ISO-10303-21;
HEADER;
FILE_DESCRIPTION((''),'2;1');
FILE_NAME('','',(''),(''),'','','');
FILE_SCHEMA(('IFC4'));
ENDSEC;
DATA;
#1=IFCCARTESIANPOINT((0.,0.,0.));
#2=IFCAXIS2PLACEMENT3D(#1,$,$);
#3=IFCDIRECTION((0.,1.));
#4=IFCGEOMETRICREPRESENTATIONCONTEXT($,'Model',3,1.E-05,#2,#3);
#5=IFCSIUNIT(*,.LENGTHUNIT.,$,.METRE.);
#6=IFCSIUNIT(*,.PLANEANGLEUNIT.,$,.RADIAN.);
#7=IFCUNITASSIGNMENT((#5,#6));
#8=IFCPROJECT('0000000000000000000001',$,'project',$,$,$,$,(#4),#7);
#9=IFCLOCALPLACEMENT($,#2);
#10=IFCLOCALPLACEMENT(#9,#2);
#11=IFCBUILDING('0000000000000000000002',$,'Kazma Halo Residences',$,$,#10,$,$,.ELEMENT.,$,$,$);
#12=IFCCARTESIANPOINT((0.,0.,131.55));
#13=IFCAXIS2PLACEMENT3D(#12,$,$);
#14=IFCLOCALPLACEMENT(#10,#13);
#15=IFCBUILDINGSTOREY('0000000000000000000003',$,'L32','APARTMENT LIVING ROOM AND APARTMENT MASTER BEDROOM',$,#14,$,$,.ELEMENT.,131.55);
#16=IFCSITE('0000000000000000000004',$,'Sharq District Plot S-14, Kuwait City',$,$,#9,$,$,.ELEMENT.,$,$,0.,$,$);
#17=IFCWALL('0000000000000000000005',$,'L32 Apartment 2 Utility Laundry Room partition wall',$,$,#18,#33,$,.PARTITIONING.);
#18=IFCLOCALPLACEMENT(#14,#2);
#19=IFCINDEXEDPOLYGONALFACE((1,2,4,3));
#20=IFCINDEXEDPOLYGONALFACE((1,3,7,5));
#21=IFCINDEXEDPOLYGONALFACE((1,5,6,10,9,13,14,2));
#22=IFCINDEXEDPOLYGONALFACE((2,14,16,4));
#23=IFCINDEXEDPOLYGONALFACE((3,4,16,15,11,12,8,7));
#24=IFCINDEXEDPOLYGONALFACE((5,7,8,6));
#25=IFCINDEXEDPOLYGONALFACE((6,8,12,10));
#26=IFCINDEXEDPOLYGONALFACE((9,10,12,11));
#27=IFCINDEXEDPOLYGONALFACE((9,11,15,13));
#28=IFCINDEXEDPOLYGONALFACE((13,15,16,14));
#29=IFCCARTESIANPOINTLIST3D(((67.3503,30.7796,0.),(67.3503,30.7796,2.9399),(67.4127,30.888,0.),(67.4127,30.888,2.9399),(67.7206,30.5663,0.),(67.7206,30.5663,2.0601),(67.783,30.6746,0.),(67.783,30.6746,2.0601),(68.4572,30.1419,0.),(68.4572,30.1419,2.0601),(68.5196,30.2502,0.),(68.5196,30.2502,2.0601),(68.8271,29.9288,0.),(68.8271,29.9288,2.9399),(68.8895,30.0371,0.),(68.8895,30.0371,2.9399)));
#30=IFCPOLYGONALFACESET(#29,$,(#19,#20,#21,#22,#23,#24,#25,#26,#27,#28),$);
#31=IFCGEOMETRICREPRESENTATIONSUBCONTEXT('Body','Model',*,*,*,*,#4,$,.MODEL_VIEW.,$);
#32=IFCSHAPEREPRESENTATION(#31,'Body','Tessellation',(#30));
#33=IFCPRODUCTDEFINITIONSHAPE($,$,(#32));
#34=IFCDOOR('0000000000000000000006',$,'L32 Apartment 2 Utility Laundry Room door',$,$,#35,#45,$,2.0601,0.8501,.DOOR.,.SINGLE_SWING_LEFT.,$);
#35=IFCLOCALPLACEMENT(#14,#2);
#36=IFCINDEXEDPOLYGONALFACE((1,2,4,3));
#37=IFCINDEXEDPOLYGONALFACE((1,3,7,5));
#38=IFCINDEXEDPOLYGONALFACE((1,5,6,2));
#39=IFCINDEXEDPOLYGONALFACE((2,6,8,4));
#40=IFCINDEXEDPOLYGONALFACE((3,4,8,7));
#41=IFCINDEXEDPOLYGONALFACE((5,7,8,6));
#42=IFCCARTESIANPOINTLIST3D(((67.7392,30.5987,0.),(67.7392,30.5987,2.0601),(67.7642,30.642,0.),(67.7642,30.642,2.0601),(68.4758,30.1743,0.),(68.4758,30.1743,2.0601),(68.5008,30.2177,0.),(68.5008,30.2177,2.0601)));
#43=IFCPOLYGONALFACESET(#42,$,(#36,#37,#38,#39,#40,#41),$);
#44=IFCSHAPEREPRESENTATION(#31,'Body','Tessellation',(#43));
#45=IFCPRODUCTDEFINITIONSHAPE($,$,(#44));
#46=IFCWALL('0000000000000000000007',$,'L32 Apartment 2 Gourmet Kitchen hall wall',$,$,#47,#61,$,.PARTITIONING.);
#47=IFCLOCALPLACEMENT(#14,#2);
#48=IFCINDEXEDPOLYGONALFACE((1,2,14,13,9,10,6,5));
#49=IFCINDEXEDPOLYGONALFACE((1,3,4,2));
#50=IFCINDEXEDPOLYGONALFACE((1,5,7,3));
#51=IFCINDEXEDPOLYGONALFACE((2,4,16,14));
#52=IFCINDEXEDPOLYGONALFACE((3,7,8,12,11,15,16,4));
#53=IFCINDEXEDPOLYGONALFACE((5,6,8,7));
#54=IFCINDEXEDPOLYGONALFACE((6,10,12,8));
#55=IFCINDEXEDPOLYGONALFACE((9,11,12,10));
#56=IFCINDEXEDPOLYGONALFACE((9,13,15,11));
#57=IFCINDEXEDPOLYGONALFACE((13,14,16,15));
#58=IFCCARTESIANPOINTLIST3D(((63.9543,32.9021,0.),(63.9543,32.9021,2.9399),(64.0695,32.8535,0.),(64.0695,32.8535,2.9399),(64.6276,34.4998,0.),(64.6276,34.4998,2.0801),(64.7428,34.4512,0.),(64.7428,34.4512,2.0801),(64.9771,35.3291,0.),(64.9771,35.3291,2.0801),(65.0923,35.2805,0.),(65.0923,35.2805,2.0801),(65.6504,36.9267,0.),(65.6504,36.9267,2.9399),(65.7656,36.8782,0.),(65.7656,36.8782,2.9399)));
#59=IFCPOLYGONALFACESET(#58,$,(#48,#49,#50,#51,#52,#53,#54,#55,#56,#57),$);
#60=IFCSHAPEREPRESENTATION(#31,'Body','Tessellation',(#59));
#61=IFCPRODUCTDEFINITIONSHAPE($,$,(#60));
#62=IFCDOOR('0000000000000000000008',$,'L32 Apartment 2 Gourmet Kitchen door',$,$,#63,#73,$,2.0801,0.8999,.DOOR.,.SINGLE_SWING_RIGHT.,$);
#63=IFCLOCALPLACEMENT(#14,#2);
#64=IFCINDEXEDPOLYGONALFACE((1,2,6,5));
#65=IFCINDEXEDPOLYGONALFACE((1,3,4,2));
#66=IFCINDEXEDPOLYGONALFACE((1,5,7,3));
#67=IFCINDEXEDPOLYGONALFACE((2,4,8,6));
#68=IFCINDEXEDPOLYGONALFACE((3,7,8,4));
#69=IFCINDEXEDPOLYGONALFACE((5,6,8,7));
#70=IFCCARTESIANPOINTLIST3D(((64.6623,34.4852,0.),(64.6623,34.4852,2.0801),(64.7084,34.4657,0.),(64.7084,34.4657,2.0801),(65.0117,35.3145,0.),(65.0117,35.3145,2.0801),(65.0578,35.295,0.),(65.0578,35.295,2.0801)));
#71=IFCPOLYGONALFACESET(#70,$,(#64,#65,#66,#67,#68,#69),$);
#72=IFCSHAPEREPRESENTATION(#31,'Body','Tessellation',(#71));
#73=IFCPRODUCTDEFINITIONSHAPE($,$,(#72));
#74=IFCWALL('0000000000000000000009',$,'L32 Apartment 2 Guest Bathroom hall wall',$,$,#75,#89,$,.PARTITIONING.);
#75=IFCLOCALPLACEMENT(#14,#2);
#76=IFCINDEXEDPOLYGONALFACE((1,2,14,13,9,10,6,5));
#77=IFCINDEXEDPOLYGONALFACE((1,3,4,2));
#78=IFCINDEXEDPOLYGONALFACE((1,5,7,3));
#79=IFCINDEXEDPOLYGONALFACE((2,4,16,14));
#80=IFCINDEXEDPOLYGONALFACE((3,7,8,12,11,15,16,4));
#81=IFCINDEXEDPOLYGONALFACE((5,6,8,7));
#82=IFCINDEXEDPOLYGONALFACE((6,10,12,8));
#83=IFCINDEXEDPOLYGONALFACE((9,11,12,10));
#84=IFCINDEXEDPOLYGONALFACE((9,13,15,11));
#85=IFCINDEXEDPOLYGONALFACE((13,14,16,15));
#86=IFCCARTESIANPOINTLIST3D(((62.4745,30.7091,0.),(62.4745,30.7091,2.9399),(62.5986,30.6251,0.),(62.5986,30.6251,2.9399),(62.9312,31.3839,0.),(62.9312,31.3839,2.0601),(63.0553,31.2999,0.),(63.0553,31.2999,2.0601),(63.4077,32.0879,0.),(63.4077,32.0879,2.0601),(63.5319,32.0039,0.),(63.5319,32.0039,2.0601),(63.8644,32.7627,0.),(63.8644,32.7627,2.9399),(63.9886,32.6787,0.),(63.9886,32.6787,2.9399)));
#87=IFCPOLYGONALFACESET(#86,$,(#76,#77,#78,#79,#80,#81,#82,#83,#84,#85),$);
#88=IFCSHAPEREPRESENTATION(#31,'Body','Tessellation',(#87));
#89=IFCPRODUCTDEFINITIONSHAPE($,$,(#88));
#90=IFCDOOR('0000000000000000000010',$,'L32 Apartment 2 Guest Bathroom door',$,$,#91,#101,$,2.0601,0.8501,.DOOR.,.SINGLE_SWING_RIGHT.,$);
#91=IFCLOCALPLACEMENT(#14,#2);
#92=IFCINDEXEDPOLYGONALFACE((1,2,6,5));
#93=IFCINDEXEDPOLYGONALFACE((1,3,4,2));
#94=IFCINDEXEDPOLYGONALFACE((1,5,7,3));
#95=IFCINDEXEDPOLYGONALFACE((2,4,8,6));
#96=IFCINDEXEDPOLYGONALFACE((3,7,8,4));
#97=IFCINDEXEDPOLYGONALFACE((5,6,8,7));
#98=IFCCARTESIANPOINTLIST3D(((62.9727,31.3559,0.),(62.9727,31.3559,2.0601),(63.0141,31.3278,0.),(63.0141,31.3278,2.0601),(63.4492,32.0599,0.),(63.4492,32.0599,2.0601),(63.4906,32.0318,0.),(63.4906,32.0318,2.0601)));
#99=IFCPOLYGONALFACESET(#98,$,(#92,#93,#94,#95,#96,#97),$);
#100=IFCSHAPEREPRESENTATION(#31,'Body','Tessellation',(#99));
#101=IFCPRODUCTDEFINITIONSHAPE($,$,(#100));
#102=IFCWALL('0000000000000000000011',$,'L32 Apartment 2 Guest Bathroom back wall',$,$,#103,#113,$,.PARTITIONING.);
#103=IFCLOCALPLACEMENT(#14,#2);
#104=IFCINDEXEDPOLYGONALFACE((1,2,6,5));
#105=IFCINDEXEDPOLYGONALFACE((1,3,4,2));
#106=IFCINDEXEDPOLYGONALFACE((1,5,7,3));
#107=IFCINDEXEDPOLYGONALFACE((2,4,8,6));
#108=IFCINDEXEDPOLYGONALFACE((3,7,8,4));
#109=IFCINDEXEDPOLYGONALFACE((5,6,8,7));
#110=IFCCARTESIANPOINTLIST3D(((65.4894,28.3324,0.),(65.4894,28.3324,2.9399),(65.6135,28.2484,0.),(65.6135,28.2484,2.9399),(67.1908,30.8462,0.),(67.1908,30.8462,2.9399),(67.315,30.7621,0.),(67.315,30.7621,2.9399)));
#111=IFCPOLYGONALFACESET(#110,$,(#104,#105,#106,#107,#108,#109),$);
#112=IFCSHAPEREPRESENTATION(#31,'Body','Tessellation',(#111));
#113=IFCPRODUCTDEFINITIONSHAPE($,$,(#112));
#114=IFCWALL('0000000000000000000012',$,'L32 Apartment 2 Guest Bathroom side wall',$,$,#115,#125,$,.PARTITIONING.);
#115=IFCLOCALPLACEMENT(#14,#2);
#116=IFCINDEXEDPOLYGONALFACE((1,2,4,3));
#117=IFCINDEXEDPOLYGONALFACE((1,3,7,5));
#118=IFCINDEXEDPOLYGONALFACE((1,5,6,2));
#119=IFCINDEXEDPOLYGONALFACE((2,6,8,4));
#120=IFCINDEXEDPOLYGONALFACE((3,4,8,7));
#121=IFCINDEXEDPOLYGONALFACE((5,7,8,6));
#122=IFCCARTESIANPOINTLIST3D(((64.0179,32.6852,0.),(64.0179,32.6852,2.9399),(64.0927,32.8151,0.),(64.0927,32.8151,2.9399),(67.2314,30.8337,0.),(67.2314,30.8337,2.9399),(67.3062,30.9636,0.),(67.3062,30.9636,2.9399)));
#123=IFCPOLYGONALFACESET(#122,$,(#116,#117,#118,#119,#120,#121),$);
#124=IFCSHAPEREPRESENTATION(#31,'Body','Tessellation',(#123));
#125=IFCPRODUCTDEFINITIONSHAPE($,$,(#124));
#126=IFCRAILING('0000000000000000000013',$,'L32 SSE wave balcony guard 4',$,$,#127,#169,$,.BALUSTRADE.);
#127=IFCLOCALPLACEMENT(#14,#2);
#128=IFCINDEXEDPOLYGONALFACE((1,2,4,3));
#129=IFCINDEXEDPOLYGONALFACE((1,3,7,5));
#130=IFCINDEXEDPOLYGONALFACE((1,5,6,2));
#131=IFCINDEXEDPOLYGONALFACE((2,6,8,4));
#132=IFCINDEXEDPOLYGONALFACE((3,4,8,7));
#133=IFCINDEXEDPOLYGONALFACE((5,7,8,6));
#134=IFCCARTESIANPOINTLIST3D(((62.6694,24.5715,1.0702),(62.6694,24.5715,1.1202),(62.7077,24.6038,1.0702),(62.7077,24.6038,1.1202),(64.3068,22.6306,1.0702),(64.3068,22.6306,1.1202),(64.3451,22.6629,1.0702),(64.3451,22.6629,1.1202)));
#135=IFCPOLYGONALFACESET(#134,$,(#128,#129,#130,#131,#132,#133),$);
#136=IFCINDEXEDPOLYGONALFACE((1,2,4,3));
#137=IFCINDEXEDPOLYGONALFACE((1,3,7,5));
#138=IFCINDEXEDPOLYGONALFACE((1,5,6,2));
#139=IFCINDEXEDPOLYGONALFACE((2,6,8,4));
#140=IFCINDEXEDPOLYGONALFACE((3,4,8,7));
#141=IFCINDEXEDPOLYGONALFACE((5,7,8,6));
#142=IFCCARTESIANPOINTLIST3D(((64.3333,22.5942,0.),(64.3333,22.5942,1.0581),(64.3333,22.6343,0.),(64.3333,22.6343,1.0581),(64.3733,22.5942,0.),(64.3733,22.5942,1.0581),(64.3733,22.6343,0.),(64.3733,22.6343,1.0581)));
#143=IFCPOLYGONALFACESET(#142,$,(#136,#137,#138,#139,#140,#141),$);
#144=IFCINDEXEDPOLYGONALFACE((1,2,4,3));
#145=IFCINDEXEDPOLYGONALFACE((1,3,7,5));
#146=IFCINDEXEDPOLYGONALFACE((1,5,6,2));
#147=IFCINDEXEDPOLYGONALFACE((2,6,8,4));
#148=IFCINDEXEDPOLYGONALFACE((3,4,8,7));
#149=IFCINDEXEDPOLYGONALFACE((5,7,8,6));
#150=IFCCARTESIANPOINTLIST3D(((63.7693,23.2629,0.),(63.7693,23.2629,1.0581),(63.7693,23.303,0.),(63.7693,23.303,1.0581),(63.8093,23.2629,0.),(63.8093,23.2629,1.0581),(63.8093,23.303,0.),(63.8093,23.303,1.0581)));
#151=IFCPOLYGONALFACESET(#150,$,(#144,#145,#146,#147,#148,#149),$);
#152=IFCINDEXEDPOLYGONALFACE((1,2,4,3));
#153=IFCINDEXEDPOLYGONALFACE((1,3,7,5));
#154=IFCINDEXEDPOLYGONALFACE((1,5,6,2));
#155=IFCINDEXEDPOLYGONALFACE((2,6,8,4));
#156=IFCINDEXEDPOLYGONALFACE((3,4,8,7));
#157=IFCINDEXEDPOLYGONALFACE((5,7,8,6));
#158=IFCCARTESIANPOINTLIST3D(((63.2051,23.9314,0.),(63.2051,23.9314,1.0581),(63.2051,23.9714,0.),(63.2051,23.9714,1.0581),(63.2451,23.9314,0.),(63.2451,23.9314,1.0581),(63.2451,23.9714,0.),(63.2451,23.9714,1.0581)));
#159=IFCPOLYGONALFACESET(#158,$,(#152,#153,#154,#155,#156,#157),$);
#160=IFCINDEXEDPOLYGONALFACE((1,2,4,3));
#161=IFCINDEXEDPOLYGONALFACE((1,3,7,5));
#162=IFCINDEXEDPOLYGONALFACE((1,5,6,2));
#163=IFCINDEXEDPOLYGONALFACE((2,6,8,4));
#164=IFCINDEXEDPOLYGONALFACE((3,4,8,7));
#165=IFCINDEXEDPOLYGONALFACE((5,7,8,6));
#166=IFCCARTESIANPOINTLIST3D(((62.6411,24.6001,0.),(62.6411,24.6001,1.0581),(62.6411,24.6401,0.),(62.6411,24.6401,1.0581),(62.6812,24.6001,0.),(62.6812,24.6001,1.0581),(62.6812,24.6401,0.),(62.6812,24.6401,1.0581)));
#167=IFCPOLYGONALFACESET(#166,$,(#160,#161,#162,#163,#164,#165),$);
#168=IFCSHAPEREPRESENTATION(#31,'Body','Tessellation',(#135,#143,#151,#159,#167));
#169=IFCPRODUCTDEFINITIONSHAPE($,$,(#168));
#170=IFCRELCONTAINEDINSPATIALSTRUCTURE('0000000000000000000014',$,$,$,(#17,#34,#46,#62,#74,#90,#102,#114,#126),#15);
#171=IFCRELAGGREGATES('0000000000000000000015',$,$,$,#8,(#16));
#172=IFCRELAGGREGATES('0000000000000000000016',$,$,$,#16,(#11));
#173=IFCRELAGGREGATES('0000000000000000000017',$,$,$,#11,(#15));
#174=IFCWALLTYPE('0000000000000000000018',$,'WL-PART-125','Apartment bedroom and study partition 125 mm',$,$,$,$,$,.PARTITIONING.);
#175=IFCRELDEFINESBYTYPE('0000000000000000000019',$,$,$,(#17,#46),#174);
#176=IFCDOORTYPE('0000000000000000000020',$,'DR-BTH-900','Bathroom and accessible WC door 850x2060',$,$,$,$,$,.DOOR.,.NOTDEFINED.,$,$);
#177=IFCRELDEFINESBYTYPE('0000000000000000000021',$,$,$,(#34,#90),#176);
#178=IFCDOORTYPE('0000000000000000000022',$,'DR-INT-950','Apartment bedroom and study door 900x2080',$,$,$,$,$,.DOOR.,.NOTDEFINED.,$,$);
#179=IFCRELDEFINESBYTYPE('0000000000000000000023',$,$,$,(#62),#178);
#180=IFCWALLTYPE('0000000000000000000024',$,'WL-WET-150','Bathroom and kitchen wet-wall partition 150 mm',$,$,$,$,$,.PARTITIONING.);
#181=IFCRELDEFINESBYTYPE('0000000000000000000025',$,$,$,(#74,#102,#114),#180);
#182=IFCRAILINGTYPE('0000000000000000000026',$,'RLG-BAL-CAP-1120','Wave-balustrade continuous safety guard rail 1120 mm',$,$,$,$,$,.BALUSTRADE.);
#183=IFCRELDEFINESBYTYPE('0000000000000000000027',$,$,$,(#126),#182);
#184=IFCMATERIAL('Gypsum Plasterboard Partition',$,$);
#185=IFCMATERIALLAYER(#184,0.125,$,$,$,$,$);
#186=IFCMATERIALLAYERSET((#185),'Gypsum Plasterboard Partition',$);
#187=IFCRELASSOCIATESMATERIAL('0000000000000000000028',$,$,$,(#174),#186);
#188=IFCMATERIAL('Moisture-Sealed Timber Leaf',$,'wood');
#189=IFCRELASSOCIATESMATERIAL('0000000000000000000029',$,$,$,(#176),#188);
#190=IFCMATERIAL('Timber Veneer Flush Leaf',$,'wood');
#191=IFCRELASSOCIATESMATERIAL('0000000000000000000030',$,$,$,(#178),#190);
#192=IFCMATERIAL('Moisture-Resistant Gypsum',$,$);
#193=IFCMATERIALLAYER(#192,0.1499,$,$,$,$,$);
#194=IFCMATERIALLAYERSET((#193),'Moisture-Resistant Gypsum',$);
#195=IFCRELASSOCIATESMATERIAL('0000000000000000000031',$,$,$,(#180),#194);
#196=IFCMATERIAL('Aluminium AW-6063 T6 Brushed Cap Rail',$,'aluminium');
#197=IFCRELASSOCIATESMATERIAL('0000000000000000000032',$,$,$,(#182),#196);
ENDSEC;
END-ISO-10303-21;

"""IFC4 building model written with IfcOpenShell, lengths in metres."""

from ifc_helpers import new_model, si_unit, direction, frame, frame_2d, origin, origin_2d, place, context, subcontext, project, spatial, rectangle, extrude, material, layer, layer_set, type_object, element, fill, save


model = new_model("IFC4")

# Units and contexts
model_context = context("Model", 3, precision=1e-05, world=origin(), true_north=direction((0.0, 1.0)))
body_context = subcontext(model_context, "Body", "Model", "MODEL_VIEW")
ifc_project = project(units=[si_unit("LENGTHUNIT", "METRE"), si_unit("PLANEANGLEUNIT", "RADIAN")], contexts=[model_context])

# Site, building, storey
site_placement = place(None, origin())
site = spatial("IfcSite", under=ifc_project, at=site_placement, Name="Sharq District Plot S-14, Kuwait City", CompositionType="ELEMENT", RefElevation=0.0)
building_placement = place(site_placement, origin())
building = spatial("IfcBuilding", under=site, at=building_placement, Name="Kazma Halo Residences", CompositionType="ELEMENT")
storey_placement = place(building_placement, frame((0.0, 0.0, 131.55)))
storey = spatial("IfcBuildingStorey", under=building, at=storey_placement, Name="L32", Description="APARTMENT LIVING ROOM AND APARTMENT MASTER BEDROOM", CompositionType="ELEMENT", Elevation=131.55)

# Walls, openings, doors
ifc_material_1 = material(Name="Gypsum Plasterboard Partition")
ifc_layer_1 = layer(ifc_material_1, 0.125)
ifc_layer_set_1 = layer_set([ifc_layer_1], Name="Gypsum Plasterboard Partition")
wall_type_1 = type_object("IfcWallType", Name="WL-PART-125", Description="Apartment bedroom and study partition 125 mm", PredefinedType="PARTITIONING", material=ifc_layer_set_1)
wall_1_placement = place(storey_placement, frame((67.3816, 30.8337, 0.0), z_axis=(0.0, 0.0, 1.0), x_axis=(0.866484, -0.499206, 0.0)))
wall_1 = element("IfcWall", 1, at=wall_1_placement, inside=storey, type_object=wall_type_1, Name="L32 Apartment 2 Utility Laundry Room partition wall", PredefinedType="PARTITIONING", context=body_context, shape_type="SweptSolid", body=[
    extrude(rectangle(XDim=1.7043, YDim=0.125, at=frame_2d((0.8521, 0.0))), origin(), (0.0, 0.0, 1.0), 2.9399),
])
opening_1_placement = place(wall_1_placement, frame((0.4272, 0.0, 0.0)))
opening_1 = element("IfcOpeningElement", 2, at=opening_1_placement, cuts=wall_1, PredefinedType="OPENING", context=body_context, shape_type="SweptSolid", body=[
    extrude(rectangle(XDim=0.8501, YDim=2.0601, at=frame_2d((0.425, 1.03))), frame((0.0, 0.0725, 0.0), z_axis=(0.0, -1.0, 0.0), x_axis=(1.0, 0.0, 0.0)), (0.0, 0.0, 1.0), 0.145),
])
ifc_material_2 = material(Name="Moisture-Sealed Timber Leaf", Category="wood")
door_type_1 = type_object("IfcDoorType", Name="DR-BTH-900", Description="Bathroom and accessible WC door 850x2060", OperationType="NOTDEFINED", PredefinedType="DOOR", material=ifc_material_2)
door_1_placement = place(opening_1_placement, origin())
door_1 = element("IfcDoor", 3, at=door_1_placement, inside=storey, type_object=door_type_1, Name="L32 Apartment 2 Utility Laundry Room door", OperationType="SINGLE_SWING_LEFT", OverallHeight=2.0601, OverallWidth=0.8501, PredefinedType="DOOR", context=body_context, shape_type="SweptSolid", body=[
    extrude(rectangle(XDim=0.8501, YDim=2.0601, at=frame_2d((0.425, 1.03))), frame((0.0, 0.0249, 0.0), z_axis=(0.0, -1.0, 0.0), x_axis=(1.0, 0.0, 0.0)), (0.0, 0.0, 1.0), 0.05),
])
fill(opening_1, door_1)
wall_2_placement = place(storey_placement, frame((64.012, 32.8779, 0.0), z_axis=(0.0, 0.0, 1.0), x_axis=(0.388339, 0.921516, 0.0)))
wall_2 = element("IfcWall", 4, at=wall_2_placement, inside=storey, type_object=wall_type_1, Name="L32 Apartment 2 Gourmet Kitchen hall wall", PredefinedType="PARTITIONING", context=body_context, shape_type="SweptSolid", body=[
    extrude(rectangle(XDim=4.3674, YDim=0.125, at=frame_2d((2.1836, 0.0))), origin(), (0.0, 0.0, 1.0), 2.9399),
])
opening_2_placement = place(wall_2_placement, frame((1.7336, 0.0, 0.0)))
opening_2 = element("IfcOpeningElement", 5, at=opening_2_placement, cuts=wall_2, PredefinedType="OPENING", context=body_context, shape_type="SweptSolid", body=[
    extrude(rectangle(XDim=0.8999, YDim=2.0801, at=frame_2d((0.45, 1.04))), frame((0.0, 0.0725, 0.0), z_axis=(0.0, -1.0, 0.0), x_axis=(1.0, 0.0, 0.0)), (0.0, 0.0, 1.0), 0.145),
])
ifc_material_3 = material(Name="Timber Veneer Flush Leaf", Category="wood")
door_type_2 = type_object("IfcDoorType", Name="DR-INT-950", Description="Apartment bedroom and study door 900x2080", OperationType="NOTDEFINED", PredefinedType="DOOR", material=ifc_material_3)
door_2_placement = place(opening_2_placement, origin())
door_2 = element("IfcDoor", 6, at=door_2_placement, inside=storey, type_object=door_type_2, Name="L32 Apartment 2 Gourmet Kitchen door", OperationType="SINGLE_SWING_RIGHT", OverallHeight=2.0801, OverallWidth=0.8999, PredefinedType="DOOR", context=body_context, shape_type="SweptSolid", body=[
    extrude(rectangle(XDim=0.8999, YDim=2.0801, at=frame_2d((0.45, 1.04))), frame((0.0, 0.0249, 0.0), z_axis=(0.0, -1.0, 0.0), x_axis=(1.0, 0.0, 0.0)), (0.0, 0.0, 1.0), 0.05),
])
fill(opening_2, door_2)
ifc_material_4 = material(Name="Moisture-Resistant Gypsum")
ifc_layer_2 = layer(ifc_material_4, 0.1499)
ifc_layer_set_2 = layer_set([ifc_layer_2], Name="Moisture-Resistant Gypsum")
wall_type_2 = type_object("IfcWallType", Name="WL-WET-150", Description="Bathroom and kitchen wet-wall partition 150 mm", PredefinedType="PARTITIONING", material=ifc_layer_set_2)
wall_3_placement = place(storey_placement, frame((62.5366, 30.6672, 0.0), z_axis=(0.0, 0.0, 1.0), x_axis=(0.560526, 0.828137, 0.0)))
wall_3 = element("IfcWall", 7, at=wall_3_placement, inside=storey, type_object=wall_type_2, Name="L32 Apartment 2 Guest Bathroom hall wall", PredefinedType="PARTITIONING", context=body_context, shape_type="SweptSolid", body=[
    extrude(rectangle(XDim=2.4797, YDim=0.1499, at=frame_2d((1.2397, 0.0))), origin(), (0.0, 0.0, 1.0), 2.9399),
])
opening_3_placement = place(wall_3_placement, frame((0.8147, 0.0, 0.0)))
opening_3 = element("IfcOpeningElement", 8, at=opening_3_placement, cuts=wall_3, PredefinedType="OPENING", context=body_context, shape_type="SweptSolid", body=[
    extrude(rectangle(XDim=0.8501, YDim=2.0601, at=frame_2d((0.425, 1.03))), frame((0.0, 0.085, 0.0), z_axis=(0.0, -1.0, 0.0), x_axis=(1.0, 0.0, 0.0)), (0.0, 0.0, 1.0), 0.1699),
])
door_3_placement = place(opening_3_placement, origin())
door_3 = element("IfcDoor", 9, at=door_3_placement, inside=storey, type_object=door_type_1, Name="L32 Apartment 2 Guest Bathroom door", OperationType="SINGLE_SWING_RIGHT", OverallHeight=2.0601, OverallWidth=0.8501, PredefinedType="DOOR", context=body_context, shape_type="SweptSolid", body=[
    extrude(rectangle(XDim=0.8501, YDim=2.0601, at=frame_2d((0.425, 1.03))), frame((0.0, 0.0249, 0.0), z_axis=(0.0, -1.0, 0.0), x_axis=(1.0, 0.0, 0.0)), (0.0, 0.0, 1.0), 0.05),
])
fill(opening_3, door_3)

# Walls
wall_4_placement = place(storey_placement, frame((65.5515, 28.2905, 0.0), z_axis=(0.0, 0.0, 1.0), x_axis=(0.560533, 0.828132, 0.0)))
element("IfcWall", 10, at=wall_4_placement, inside=storey, type_object=wall_type_2, Name="L32 Apartment 2 Guest Bathroom back wall", PredefinedType="PARTITIONING", context=body_context, shape_type="SweptSolid", body=[
    extrude(rectangle(XDim=3.0354, YDim=0.1499, at=frame_2d((1.5176, 0.0))), origin(), (0.0, 0.0, 1.0), 2.9399),
])
wall_5_placement = place(storey_placement, frame((64.0552, 32.7502, 0.0), z_axis=(0.0, 0.0, 1.0), x_axis=(0.866471, -0.499227, 0.0)))
element("IfcWall", 11, at=wall_5_placement, inside=storey, type_object=wall_type_2, Name="L32 Apartment 2 Guest Bathroom side wall", PredefinedType="PARTITIONING", context=body_context, shape_type="SweptSolid", body=[
    extrude(rectangle(XDim=3.7087, YDim=0.1499, at=frame_2d((1.8545, 0.0))), origin(), (0.0, 0.0, 1.0), 2.9399),
])

# Railing
ifc_material_5 = material(Name="Aluminium AW-6063 T6 Brushed Cap Rail", Category="aluminium")
railing_type = type_object("IfcRailingType", Name="RLG-BAL-CAP-1120", Description="Wave-balustrade continuous safety guard rail 1120 mm", PredefinedType="BALUSTRADE", material=ifc_material_5)
railing_1_placement = place(storey_placement, frame((64.3533, 22.6143, 0.0)))
element("IfcRailing", 12, at=railing_1_placement, inside=storey, type_object=railing_type, Name="L32 SSE wave balcony guard 4", PredefinedType="BALUSTRADE", context=body_context, shape_type="SweptSolid", body=[
    extrude(rectangle(XDim=0.05, YDim=0.05, at=origin_2d()), frame((-0.0273, 0.0325, 1.0952), z_axis=(-0.644803, 0.764349, 0.0), x_axis=(-0.764349, -0.644803, 0.0)), (0.0, 0.0, 1.0), 2.5393),
    extrude(rectangle(XDim=0.04, YDim=0.04, at=origin_2d()), origin(), (0.0, 0.0, 1.0), 1.0581),
    extrude(rectangle(XDim=0.04, YDim=0.04, at=origin_2d()), frame((-0.564, 0.6687, 0.0)), (0.0, 0.0, 1.0), 1.0581),
    extrude(rectangle(XDim=0.04, YDim=0.04, at=origin_2d()), frame((-1.1282, 1.3372, 0.0)), (0.0, 0.0, 1.0), 1.0581),
    extrude(rectangle(XDim=0.04, YDim=0.04, at=origin_2d()), frame((-1.6921, 2.0059, 0.0)), (0.0, 0.0, 1.0), 1.0581),
])

save(model, "model.ifc")
